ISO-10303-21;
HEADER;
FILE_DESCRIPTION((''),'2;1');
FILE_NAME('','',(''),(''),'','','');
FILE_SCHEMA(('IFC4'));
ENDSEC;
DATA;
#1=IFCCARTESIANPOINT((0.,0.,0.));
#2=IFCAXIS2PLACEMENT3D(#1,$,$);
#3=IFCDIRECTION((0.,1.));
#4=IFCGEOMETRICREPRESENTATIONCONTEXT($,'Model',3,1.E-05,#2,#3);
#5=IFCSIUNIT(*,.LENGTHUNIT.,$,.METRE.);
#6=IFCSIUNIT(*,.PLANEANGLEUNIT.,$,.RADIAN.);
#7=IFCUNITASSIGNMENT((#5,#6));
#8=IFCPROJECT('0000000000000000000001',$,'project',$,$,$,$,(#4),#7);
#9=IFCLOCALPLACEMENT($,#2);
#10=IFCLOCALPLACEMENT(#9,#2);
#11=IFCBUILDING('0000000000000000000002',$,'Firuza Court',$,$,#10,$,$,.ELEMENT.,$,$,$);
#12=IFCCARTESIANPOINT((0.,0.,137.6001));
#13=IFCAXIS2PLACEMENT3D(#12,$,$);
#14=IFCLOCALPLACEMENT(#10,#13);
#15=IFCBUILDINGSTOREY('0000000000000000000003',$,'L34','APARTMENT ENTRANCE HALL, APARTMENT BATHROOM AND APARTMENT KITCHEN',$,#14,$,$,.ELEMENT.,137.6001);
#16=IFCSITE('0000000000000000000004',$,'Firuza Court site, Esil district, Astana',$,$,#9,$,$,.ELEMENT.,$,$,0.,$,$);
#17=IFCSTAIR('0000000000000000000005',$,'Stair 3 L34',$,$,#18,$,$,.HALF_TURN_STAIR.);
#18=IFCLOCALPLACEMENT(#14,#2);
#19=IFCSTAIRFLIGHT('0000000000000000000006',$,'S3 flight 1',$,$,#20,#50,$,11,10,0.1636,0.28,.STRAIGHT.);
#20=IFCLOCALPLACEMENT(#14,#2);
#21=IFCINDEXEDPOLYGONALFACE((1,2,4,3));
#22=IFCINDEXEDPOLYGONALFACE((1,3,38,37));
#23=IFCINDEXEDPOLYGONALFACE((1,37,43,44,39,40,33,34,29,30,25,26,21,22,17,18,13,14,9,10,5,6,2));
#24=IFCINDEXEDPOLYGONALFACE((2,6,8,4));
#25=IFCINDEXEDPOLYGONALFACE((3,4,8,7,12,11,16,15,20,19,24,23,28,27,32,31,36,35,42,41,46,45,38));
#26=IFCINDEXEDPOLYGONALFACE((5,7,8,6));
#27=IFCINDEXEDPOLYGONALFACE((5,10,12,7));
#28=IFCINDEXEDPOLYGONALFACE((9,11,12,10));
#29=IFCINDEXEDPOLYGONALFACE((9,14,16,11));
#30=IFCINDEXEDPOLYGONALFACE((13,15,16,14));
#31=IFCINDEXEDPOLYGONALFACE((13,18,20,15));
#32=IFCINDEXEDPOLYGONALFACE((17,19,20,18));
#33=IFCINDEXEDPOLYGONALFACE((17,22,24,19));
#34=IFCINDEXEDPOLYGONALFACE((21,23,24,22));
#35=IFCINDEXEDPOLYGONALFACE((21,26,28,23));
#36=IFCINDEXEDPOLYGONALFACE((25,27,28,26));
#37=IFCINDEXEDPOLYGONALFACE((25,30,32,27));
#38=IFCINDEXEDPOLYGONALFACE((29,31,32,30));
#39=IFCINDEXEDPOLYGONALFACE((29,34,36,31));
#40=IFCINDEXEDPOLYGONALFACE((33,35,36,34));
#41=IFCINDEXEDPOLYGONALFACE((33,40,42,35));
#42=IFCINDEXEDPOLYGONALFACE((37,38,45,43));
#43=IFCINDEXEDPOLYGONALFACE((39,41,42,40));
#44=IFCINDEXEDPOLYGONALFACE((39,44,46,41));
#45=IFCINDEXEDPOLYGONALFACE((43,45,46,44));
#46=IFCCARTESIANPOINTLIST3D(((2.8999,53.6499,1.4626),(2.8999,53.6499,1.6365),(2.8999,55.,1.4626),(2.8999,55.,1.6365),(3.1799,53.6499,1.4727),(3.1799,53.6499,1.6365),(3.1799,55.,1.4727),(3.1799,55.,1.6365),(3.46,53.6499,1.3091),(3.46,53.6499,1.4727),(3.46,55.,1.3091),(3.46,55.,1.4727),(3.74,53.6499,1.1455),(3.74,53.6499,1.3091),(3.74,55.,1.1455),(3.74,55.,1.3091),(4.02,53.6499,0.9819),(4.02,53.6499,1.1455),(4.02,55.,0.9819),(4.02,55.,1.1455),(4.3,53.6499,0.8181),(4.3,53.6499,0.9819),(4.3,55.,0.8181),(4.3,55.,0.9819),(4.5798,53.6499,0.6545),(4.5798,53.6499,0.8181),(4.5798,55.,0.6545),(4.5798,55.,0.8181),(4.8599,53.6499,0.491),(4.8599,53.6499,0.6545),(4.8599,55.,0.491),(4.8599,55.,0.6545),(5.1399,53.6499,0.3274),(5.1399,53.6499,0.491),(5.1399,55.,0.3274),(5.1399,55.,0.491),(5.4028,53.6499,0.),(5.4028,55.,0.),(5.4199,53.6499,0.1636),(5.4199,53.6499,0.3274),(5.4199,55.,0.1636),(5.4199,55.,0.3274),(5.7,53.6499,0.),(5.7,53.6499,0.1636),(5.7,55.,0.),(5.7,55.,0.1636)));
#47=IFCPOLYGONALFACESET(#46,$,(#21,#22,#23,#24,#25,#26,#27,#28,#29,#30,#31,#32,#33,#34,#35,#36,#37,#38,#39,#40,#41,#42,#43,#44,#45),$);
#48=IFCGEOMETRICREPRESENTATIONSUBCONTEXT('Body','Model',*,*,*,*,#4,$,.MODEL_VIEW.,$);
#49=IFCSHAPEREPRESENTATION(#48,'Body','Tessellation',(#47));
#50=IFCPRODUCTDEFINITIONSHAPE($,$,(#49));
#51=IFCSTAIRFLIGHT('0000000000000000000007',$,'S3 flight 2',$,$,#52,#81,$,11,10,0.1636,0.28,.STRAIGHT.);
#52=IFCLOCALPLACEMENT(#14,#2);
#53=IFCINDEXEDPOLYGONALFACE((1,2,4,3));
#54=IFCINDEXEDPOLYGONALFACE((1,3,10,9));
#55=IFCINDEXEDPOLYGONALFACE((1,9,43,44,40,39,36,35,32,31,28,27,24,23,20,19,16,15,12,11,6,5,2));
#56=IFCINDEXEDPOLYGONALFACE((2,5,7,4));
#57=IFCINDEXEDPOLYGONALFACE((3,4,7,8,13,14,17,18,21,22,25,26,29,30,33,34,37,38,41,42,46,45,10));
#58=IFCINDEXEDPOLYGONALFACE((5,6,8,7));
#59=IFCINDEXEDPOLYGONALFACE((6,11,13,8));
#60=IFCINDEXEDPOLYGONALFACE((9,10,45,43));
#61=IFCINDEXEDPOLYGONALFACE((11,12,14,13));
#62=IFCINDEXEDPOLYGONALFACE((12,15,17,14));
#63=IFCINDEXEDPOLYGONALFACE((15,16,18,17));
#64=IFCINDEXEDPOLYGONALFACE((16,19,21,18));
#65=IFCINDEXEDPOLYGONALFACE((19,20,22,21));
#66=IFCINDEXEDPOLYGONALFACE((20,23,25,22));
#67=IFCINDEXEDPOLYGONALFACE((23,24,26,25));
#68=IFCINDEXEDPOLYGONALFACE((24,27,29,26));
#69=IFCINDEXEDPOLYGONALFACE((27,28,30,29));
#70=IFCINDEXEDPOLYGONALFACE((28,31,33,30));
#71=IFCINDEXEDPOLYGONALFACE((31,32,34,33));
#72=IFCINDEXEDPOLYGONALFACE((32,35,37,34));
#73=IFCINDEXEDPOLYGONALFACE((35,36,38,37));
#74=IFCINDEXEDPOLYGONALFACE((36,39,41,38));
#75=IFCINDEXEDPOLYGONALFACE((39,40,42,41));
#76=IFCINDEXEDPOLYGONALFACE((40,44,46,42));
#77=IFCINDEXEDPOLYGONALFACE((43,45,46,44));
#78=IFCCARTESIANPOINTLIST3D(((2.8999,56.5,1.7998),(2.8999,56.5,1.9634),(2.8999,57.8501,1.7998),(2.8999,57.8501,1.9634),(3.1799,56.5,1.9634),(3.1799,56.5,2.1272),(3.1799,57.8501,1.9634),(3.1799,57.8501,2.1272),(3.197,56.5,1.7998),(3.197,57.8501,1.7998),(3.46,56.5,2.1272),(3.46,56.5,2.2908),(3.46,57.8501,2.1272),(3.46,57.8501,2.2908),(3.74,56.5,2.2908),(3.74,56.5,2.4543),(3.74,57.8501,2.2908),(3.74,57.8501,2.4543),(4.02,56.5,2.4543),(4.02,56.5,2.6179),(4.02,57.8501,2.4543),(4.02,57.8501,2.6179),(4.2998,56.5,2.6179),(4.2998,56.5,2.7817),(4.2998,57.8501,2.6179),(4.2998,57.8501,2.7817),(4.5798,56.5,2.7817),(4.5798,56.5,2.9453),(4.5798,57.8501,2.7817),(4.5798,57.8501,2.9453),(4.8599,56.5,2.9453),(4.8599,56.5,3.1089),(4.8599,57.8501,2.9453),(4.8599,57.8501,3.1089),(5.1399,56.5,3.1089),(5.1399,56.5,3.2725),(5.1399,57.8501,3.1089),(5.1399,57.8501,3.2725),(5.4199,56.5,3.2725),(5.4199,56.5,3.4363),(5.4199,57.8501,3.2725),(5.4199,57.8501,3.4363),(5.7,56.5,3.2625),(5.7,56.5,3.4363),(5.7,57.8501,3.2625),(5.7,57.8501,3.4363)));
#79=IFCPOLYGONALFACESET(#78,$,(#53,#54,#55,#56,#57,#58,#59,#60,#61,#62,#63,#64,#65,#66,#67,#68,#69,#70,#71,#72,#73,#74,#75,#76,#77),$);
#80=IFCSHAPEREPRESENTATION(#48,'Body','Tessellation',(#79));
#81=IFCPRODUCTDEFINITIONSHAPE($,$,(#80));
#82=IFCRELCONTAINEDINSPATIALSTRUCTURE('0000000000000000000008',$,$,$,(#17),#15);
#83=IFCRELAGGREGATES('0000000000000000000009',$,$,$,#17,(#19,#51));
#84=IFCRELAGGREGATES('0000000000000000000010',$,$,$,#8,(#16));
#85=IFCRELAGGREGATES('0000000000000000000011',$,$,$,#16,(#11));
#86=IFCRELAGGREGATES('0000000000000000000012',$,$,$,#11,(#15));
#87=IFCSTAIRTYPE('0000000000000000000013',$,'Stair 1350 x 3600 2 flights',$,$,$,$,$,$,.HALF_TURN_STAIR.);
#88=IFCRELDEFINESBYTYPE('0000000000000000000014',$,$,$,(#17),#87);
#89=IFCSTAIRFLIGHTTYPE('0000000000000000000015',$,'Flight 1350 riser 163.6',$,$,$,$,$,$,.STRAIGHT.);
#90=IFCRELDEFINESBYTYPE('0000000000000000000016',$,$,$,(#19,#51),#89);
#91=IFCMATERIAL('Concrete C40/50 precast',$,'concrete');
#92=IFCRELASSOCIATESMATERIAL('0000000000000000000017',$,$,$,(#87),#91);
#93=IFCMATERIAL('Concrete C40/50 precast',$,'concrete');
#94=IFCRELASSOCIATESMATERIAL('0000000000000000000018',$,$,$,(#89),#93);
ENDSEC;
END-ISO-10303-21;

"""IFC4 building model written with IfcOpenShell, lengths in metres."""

from ifc_helpers import new_model, si_unit, direction, frame, origin, place, context, subcontext, project, spatial, polyline, outline, extrude, material, type_object, element, aggregate, save


model = new_model("IFC4")

# Units and contexts
model_context = context("Model", 3, precision=1e-05, world=origin(), true_north=direction((0.0, 1.0)))
body_context = subcontext(model_context, "Body", "Model", "MODEL_VIEW")
ifc_project = project(units=[si_unit("LENGTHUNIT", "METRE"), si_unit("PLANEANGLEUNIT", "RADIAN")], contexts=[model_context])

# Site, building, storey
site_placement = place(None, origin())
site = spatial("IfcSite", under=ifc_project, at=site_placement, Name="Firuza Court site, Esil district, Astana", CompositionType="ELEMENT", RefElevation=0.0)
building_placement = place(site_placement, origin())
building = spatial("IfcBuilding", under=site, at=building_placement, Name="Firuza Court", CompositionType="ELEMENT")
storey_placement = place(building_placement, frame((0.0, 0.0, 137.6001)))
storey = spatial("IfcBuildingStorey", under=building, at=storey_placement, Name="L34", Description="APARTMENT ENTRANCE HALL, APARTMENT BATHROOM AND APARTMENT KITCHEN", CompositionType="ELEMENT", Elevation=137.6001)

# Stair, stair flights
ifc_material_1 = material(Name="Concrete C40/50 precast", Category="concrete")
stair_type = type_object("IfcStairType", Name="Stair 1350 x 3600 2 flights", PredefinedType="HALF_TURN_STAIR", material=ifc_material_1)
stair_placement = place(storey_placement, origin())
stair = element("IfcStair", 1, at=stair_placement, inside=storey, type_object=stair_type, Name="Stair 3 L34", PredefinedType="HALF_TURN_STAIR")
ifc_material_2 = material(Name="Concrete C40/50 precast", Category="concrete")
stair_flight_type = type_object("IfcStairFlightType", Name="Flight 1350 riser 163.6", PredefinedType="STRAIGHT", material=ifc_material_2)
stair_flight_1_placement = place(storey_placement, frame((5.7, 54.325, 0.0), z_axis=(0.0, 0.0, 1.0), x_axis=(-1.0, 0.0, 0.0)))
stair_flight_1 = element("IfcStairFlight", 2, at=stair_flight_1_placement, type_object=stair_flight_type, Name="S3 flight 1", NumberOfRisers=11, NumberOfTreads=10, PredefinedType="STRAIGHT", RiserHeight=0.1636, TreadLength=0.28, context=body_context, shape_type="SweptSolid", body=[
    extrude(outline(polyline([(0.0, 0.0), (0.0, 0.1636), (0.28, 0.1636), (0.28, 0.3274), (0.5601, 0.3274), (0.5601, 0.491), (0.8401, 0.491), (0.8401, 0.6545), (1.1201, 0.6545), (1.1201, 0.8181), (1.3999, 0.8181), (1.3999, 0.9819), (1.6799, 0.9819), (1.6799, 1.1455), (1.96, 1.1455), (1.96, 1.3091), (2.24, 1.3091), (2.24, 1.4727), (2.52, 1.4727), (2.52, 1.6365), (2.8, 1.6365), (2.8, 1.8), (2.8, 1.4626), (0.2971, 0.0), (0.0, 0.0)])), frame((0.0, 0.675, 0.0), z_axis=(0.0, -1.0, 0.0), x_axis=(1.0, 0.0, 0.0)), (0.0, 0.0, 1.0), 1.3501),
])
stair_flight_2_placement = place(storey_placement, frame((2.8999, 57.175, 1.7998), z_axis=(0.0, 0.0, 1.0), x_axis=(1.0, 0.0, 0.0)))
stair_flight_2 = element("IfcStairFlight", 3, at=stair_flight_2_placement, type_object=stair_flight_type, Name="S3 flight 2", NumberOfRisers=11, NumberOfTreads=10, PredefinedType="STRAIGHT", RiserHeight=0.1636, TreadLength=0.28, context=body_context, shape_type="SweptSolid", body=[
    extrude(outline(polyline([(0.0, 0.0), (0.0, 0.1636), (0.28, 0.1636), (0.28, 0.3274), (0.5601, 0.3274), (0.5601, 0.491), (0.8401, 0.491), (0.8401, 0.6545), (1.1201, 0.6545), (1.1201, 0.8181), (1.3999, 0.8181), (1.3999, 0.9819), (1.6799, 0.9819), (1.6799, 1.1455), (1.96, 1.1455), (1.96, 1.3091), (2.24, 1.3091), (2.24, 1.4727), (2.52, 1.4727), (2.52, 1.6365), (2.8, 1.6365), (2.8, 1.8), (2.8, 1.4626), (0.2971, 0.0), (0.0, 0.0)])), frame((0.0, 0.675, 0.0), z_axis=(0.0, -1.0, 0.0), x_axis=(1.0, 0.0, 0.0)), (0.0, 0.0, 1.0), 1.3501),
])
aggregate(stair, [stair_flight_1, stair_flight_2])

save(model, "model.ifc")
